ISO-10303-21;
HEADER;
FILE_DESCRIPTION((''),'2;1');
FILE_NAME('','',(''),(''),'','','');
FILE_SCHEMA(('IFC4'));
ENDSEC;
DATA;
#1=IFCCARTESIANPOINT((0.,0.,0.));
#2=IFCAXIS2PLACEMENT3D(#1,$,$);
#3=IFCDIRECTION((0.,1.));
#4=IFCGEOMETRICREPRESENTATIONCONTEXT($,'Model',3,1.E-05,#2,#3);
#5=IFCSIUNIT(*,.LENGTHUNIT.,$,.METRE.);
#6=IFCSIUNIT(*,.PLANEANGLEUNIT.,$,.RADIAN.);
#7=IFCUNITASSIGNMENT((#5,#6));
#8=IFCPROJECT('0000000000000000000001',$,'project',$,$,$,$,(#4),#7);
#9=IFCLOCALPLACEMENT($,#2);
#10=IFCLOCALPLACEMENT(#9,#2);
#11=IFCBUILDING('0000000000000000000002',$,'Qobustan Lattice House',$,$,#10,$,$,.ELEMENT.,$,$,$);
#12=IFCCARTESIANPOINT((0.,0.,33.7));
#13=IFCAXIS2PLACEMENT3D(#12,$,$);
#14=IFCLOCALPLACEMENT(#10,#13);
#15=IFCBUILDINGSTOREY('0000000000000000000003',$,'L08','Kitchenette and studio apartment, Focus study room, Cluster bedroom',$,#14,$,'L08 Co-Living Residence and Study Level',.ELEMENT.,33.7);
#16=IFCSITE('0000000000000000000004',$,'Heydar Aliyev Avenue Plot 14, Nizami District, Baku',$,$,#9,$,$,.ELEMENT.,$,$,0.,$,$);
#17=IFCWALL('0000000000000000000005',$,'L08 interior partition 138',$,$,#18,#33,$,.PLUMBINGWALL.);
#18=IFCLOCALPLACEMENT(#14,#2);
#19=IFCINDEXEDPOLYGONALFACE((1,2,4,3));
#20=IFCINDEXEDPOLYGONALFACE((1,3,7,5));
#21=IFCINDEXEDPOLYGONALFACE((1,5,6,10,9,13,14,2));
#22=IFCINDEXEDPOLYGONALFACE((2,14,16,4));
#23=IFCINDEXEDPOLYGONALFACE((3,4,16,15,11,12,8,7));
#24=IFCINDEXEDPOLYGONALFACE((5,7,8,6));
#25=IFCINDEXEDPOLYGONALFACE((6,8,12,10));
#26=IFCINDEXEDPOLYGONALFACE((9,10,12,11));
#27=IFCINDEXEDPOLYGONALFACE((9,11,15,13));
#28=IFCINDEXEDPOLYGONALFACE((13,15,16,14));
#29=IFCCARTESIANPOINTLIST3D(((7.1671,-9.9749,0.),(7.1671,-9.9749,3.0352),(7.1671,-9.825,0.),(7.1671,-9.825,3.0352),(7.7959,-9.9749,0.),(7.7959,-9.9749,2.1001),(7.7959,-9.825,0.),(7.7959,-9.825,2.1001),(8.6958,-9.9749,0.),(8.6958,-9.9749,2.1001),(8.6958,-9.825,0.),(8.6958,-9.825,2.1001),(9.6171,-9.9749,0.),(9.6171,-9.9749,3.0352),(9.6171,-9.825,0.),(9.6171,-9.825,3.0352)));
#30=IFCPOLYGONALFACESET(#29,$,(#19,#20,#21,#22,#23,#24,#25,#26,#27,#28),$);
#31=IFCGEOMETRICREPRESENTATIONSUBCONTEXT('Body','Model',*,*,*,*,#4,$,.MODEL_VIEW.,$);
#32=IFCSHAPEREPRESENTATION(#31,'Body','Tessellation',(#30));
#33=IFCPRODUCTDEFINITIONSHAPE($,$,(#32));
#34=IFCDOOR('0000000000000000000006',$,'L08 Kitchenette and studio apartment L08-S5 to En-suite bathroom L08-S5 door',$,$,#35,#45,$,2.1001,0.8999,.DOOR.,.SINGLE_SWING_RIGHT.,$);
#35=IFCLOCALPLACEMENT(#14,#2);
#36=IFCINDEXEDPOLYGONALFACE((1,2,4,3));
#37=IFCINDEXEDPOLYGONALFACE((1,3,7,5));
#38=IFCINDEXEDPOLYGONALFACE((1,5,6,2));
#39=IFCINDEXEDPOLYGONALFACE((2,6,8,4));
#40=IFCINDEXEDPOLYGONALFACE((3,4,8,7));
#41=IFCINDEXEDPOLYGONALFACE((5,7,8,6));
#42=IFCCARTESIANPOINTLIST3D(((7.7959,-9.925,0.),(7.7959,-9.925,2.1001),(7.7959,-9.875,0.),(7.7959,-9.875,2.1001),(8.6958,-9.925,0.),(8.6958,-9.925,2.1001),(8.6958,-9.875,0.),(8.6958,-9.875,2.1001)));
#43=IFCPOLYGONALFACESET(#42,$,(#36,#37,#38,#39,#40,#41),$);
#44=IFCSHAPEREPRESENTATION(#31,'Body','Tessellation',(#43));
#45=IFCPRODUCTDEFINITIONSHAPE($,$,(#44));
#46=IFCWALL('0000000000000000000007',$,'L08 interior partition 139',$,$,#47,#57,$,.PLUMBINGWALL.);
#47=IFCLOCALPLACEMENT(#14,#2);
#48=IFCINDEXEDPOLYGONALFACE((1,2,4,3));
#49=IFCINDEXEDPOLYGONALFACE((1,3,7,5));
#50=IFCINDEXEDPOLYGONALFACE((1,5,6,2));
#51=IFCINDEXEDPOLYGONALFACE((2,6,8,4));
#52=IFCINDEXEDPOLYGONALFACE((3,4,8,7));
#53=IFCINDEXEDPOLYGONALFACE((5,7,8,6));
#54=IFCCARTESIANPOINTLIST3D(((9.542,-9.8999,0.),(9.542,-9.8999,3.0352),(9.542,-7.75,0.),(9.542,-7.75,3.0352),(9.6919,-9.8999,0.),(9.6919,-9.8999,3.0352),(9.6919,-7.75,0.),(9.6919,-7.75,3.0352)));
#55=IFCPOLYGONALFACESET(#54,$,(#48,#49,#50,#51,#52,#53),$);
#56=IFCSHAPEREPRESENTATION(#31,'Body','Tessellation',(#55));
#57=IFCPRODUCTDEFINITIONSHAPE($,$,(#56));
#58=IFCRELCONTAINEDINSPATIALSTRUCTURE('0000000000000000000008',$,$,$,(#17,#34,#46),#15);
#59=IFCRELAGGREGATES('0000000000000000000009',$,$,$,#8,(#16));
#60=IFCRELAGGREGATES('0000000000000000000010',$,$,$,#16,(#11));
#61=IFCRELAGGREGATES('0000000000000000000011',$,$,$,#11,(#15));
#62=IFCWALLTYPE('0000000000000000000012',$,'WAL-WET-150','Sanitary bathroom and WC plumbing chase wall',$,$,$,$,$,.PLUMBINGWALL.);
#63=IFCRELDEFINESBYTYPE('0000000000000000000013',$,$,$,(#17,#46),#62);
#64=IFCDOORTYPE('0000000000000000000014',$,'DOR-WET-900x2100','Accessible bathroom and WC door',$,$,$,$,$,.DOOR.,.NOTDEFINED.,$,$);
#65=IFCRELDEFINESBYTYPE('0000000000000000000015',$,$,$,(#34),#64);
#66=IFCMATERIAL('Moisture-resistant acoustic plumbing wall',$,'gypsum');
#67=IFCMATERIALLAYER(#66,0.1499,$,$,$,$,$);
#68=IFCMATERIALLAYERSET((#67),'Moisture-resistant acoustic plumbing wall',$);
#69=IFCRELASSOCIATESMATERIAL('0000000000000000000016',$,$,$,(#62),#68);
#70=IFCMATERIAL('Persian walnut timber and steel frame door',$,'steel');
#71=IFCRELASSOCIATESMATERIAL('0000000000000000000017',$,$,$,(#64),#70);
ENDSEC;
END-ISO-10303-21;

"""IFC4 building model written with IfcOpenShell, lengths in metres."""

from ifc_helpers import new_model, si_unit, direction, frame, frame_2d, origin, place, context, subcontext, project, spatial, rectangle, extrude, material, layer, layer_set, type_object, element, fill, save


model = new_model("IFC4")

# Units and contexts
model_context = context("Model", 3, precision=1e-05, world=origin(), true_north=direction((0.0, 1.0)))
body_context = subcontext(model_context, "Body", "Model", "MODEL_VIEW")
ifc_project = project(units=[si_unit("LENGTHUNIT", "METRE"), si_unit("PLANEANGLEUNIT", "RADIAN")], contexts=[model_context])

# Site, building, storey
site_placement = place(None, origin())
site = spatial("IfcSite", under=ifc_project, at=site_placement, Name="Heydar Aliyev Avenue Plot 14, Nizami District, Baku", CompositionType="ELEMENT", RefElevation=0.0)
building_placement = place(site_placement, origin())
building = spatial("IfcBuilding", under=site, at=building_placement, Name="Qobustan Lattice House", CompositionType="ELEMENT")
storey_placement = place(building_placement, frame((0.0, 0.0, 33.7)))
storey = spatial("IfcBuildingStorey", under=building, at=storey_placement, Name="L08", Description="Kitchenette and studio apartment, Focus study room, Cluster bedroom", LongName="L08 Co-Living Residence and Study Level", CompositionType="ELEMENT", Elevation=33.7)

# Shared definitions
ifc_material_1 = material(Name="Moisture-resistant acoustic plumbing wall", Category="gypsum")
ifc_layer_1 = layer(ifc_material_1, 0.1499)
ifc_layer_set_1 = layer_set([ifc_layer_1], Name="Moisture-resistant acoustic plumbing wall")
wall_type_1 = type_object("IfcWallType", Name="WAL-WET-150", Description="Sanitary bathroom and WC plumbing chase wall", PredefinedType="PLUMBINGWALL", material=ifc_layer_set_1)

# Wall, opening, door
wall_1_placement = place(storey_placement, frame((7.167, -9.8999, 0.0), z_axis=(0.0, 0.0, 1.0), x_axis=(1.0, 0.0, 0.0)))
wall_1 = element("IfcWall", 1, at=wall_1_placement, inside=storey, type_object=wall_type_1, Name="L08 interior partition 138", PredefinedType="PLUMBINGWALL", context=body_context, shape_type="SweptSolid", body=[
    extrude(rectangle(XDim=2.45, YDim=0.1499, at=frame_2d((1.2251, 0.0))), origin(), (0.0, 0.0, 1.0), 3.0352),
])
opening_1_placement = place(wall_1_placement, frame((0.6289, 0.0, 0.0)))
opening_1 = element("IfcOpeningElement", 2, at=opening_1_placement, cuts=wall_1, PredefinedType="OPENING", context=body_context, shape_type="SweptSolid", body=[
    extrude(rectangle(XDim=0.8999, YDim=2.1001, at=frame_2d((0.45, 1.05))), frame((0.0, 0.085, 0.0), z_axis=(0.0, -1.0, 0.0), x_axis=(1.0, 0.0, 0.0)), (0.0, 0.0, 1.0), 0.1699),
])
ifc_material_2 = material(Name="Persian walnut timber and steel frame door", Category="steel")
door_type_1 = type_object("IfcDoorType", Name="DOR-WET-900x2100", Description="Accessible bathroom and WC door", OperationType="NOTDEFINED", PredefinedType="DOOR", material=ifc_material_2)
door_1_placement = place(opening_1_placement, origin())
door_1 = element("IfcDoor", 3, at=door_1_placement, inside=storey, type_object=door_type_1, Name="L08 Kitchenette and studio apartment L08-S5 to En-suite bathroom L08-S5 door", OperationType="SINGLE_SWING_RIGHT", OverallHeight=2.1001, OverallWidth=0.8999, PredefinedType="DOOR", context=body_context, shape_type="SweptSolid", body=[
    extrude(rectangle(XDim=0.8999, YDim=2.1001, at=frame_2d((0.45, 1.05))), frame((0.0, 0.0249, 0.0), z_axis=(0.0, -1.0, 0.0), x_axis=(1.0, 0.0, 0.0)), (0.0, 0.0, 1.0), 0.05),
])
fill(opening_1, door_1)

# Wall
wall_2_placement = place(storey_placement, frame((9.6169, -9.8999, 0.0), z_axis=(0.0, 0.0, 1.0), x_axis=(0.0, 1.0, 0.0)))
element("IfcWall", 4, at=wall_2_placement, inside=storey, type_object=wall_type_1, Name="L08 interior partition 139", PredefinedType="PLUMBINGWALL", context=body_context, shape_type="SweptSolid", body=[
    extrude(rectangle(XDim=2.1499, YDim=0.1499, at=frame_2d((1.075, 0.0))), origin(), (0.0, 0.0, 1.0), 3.0352),
])

save(model, "model.ifc")
